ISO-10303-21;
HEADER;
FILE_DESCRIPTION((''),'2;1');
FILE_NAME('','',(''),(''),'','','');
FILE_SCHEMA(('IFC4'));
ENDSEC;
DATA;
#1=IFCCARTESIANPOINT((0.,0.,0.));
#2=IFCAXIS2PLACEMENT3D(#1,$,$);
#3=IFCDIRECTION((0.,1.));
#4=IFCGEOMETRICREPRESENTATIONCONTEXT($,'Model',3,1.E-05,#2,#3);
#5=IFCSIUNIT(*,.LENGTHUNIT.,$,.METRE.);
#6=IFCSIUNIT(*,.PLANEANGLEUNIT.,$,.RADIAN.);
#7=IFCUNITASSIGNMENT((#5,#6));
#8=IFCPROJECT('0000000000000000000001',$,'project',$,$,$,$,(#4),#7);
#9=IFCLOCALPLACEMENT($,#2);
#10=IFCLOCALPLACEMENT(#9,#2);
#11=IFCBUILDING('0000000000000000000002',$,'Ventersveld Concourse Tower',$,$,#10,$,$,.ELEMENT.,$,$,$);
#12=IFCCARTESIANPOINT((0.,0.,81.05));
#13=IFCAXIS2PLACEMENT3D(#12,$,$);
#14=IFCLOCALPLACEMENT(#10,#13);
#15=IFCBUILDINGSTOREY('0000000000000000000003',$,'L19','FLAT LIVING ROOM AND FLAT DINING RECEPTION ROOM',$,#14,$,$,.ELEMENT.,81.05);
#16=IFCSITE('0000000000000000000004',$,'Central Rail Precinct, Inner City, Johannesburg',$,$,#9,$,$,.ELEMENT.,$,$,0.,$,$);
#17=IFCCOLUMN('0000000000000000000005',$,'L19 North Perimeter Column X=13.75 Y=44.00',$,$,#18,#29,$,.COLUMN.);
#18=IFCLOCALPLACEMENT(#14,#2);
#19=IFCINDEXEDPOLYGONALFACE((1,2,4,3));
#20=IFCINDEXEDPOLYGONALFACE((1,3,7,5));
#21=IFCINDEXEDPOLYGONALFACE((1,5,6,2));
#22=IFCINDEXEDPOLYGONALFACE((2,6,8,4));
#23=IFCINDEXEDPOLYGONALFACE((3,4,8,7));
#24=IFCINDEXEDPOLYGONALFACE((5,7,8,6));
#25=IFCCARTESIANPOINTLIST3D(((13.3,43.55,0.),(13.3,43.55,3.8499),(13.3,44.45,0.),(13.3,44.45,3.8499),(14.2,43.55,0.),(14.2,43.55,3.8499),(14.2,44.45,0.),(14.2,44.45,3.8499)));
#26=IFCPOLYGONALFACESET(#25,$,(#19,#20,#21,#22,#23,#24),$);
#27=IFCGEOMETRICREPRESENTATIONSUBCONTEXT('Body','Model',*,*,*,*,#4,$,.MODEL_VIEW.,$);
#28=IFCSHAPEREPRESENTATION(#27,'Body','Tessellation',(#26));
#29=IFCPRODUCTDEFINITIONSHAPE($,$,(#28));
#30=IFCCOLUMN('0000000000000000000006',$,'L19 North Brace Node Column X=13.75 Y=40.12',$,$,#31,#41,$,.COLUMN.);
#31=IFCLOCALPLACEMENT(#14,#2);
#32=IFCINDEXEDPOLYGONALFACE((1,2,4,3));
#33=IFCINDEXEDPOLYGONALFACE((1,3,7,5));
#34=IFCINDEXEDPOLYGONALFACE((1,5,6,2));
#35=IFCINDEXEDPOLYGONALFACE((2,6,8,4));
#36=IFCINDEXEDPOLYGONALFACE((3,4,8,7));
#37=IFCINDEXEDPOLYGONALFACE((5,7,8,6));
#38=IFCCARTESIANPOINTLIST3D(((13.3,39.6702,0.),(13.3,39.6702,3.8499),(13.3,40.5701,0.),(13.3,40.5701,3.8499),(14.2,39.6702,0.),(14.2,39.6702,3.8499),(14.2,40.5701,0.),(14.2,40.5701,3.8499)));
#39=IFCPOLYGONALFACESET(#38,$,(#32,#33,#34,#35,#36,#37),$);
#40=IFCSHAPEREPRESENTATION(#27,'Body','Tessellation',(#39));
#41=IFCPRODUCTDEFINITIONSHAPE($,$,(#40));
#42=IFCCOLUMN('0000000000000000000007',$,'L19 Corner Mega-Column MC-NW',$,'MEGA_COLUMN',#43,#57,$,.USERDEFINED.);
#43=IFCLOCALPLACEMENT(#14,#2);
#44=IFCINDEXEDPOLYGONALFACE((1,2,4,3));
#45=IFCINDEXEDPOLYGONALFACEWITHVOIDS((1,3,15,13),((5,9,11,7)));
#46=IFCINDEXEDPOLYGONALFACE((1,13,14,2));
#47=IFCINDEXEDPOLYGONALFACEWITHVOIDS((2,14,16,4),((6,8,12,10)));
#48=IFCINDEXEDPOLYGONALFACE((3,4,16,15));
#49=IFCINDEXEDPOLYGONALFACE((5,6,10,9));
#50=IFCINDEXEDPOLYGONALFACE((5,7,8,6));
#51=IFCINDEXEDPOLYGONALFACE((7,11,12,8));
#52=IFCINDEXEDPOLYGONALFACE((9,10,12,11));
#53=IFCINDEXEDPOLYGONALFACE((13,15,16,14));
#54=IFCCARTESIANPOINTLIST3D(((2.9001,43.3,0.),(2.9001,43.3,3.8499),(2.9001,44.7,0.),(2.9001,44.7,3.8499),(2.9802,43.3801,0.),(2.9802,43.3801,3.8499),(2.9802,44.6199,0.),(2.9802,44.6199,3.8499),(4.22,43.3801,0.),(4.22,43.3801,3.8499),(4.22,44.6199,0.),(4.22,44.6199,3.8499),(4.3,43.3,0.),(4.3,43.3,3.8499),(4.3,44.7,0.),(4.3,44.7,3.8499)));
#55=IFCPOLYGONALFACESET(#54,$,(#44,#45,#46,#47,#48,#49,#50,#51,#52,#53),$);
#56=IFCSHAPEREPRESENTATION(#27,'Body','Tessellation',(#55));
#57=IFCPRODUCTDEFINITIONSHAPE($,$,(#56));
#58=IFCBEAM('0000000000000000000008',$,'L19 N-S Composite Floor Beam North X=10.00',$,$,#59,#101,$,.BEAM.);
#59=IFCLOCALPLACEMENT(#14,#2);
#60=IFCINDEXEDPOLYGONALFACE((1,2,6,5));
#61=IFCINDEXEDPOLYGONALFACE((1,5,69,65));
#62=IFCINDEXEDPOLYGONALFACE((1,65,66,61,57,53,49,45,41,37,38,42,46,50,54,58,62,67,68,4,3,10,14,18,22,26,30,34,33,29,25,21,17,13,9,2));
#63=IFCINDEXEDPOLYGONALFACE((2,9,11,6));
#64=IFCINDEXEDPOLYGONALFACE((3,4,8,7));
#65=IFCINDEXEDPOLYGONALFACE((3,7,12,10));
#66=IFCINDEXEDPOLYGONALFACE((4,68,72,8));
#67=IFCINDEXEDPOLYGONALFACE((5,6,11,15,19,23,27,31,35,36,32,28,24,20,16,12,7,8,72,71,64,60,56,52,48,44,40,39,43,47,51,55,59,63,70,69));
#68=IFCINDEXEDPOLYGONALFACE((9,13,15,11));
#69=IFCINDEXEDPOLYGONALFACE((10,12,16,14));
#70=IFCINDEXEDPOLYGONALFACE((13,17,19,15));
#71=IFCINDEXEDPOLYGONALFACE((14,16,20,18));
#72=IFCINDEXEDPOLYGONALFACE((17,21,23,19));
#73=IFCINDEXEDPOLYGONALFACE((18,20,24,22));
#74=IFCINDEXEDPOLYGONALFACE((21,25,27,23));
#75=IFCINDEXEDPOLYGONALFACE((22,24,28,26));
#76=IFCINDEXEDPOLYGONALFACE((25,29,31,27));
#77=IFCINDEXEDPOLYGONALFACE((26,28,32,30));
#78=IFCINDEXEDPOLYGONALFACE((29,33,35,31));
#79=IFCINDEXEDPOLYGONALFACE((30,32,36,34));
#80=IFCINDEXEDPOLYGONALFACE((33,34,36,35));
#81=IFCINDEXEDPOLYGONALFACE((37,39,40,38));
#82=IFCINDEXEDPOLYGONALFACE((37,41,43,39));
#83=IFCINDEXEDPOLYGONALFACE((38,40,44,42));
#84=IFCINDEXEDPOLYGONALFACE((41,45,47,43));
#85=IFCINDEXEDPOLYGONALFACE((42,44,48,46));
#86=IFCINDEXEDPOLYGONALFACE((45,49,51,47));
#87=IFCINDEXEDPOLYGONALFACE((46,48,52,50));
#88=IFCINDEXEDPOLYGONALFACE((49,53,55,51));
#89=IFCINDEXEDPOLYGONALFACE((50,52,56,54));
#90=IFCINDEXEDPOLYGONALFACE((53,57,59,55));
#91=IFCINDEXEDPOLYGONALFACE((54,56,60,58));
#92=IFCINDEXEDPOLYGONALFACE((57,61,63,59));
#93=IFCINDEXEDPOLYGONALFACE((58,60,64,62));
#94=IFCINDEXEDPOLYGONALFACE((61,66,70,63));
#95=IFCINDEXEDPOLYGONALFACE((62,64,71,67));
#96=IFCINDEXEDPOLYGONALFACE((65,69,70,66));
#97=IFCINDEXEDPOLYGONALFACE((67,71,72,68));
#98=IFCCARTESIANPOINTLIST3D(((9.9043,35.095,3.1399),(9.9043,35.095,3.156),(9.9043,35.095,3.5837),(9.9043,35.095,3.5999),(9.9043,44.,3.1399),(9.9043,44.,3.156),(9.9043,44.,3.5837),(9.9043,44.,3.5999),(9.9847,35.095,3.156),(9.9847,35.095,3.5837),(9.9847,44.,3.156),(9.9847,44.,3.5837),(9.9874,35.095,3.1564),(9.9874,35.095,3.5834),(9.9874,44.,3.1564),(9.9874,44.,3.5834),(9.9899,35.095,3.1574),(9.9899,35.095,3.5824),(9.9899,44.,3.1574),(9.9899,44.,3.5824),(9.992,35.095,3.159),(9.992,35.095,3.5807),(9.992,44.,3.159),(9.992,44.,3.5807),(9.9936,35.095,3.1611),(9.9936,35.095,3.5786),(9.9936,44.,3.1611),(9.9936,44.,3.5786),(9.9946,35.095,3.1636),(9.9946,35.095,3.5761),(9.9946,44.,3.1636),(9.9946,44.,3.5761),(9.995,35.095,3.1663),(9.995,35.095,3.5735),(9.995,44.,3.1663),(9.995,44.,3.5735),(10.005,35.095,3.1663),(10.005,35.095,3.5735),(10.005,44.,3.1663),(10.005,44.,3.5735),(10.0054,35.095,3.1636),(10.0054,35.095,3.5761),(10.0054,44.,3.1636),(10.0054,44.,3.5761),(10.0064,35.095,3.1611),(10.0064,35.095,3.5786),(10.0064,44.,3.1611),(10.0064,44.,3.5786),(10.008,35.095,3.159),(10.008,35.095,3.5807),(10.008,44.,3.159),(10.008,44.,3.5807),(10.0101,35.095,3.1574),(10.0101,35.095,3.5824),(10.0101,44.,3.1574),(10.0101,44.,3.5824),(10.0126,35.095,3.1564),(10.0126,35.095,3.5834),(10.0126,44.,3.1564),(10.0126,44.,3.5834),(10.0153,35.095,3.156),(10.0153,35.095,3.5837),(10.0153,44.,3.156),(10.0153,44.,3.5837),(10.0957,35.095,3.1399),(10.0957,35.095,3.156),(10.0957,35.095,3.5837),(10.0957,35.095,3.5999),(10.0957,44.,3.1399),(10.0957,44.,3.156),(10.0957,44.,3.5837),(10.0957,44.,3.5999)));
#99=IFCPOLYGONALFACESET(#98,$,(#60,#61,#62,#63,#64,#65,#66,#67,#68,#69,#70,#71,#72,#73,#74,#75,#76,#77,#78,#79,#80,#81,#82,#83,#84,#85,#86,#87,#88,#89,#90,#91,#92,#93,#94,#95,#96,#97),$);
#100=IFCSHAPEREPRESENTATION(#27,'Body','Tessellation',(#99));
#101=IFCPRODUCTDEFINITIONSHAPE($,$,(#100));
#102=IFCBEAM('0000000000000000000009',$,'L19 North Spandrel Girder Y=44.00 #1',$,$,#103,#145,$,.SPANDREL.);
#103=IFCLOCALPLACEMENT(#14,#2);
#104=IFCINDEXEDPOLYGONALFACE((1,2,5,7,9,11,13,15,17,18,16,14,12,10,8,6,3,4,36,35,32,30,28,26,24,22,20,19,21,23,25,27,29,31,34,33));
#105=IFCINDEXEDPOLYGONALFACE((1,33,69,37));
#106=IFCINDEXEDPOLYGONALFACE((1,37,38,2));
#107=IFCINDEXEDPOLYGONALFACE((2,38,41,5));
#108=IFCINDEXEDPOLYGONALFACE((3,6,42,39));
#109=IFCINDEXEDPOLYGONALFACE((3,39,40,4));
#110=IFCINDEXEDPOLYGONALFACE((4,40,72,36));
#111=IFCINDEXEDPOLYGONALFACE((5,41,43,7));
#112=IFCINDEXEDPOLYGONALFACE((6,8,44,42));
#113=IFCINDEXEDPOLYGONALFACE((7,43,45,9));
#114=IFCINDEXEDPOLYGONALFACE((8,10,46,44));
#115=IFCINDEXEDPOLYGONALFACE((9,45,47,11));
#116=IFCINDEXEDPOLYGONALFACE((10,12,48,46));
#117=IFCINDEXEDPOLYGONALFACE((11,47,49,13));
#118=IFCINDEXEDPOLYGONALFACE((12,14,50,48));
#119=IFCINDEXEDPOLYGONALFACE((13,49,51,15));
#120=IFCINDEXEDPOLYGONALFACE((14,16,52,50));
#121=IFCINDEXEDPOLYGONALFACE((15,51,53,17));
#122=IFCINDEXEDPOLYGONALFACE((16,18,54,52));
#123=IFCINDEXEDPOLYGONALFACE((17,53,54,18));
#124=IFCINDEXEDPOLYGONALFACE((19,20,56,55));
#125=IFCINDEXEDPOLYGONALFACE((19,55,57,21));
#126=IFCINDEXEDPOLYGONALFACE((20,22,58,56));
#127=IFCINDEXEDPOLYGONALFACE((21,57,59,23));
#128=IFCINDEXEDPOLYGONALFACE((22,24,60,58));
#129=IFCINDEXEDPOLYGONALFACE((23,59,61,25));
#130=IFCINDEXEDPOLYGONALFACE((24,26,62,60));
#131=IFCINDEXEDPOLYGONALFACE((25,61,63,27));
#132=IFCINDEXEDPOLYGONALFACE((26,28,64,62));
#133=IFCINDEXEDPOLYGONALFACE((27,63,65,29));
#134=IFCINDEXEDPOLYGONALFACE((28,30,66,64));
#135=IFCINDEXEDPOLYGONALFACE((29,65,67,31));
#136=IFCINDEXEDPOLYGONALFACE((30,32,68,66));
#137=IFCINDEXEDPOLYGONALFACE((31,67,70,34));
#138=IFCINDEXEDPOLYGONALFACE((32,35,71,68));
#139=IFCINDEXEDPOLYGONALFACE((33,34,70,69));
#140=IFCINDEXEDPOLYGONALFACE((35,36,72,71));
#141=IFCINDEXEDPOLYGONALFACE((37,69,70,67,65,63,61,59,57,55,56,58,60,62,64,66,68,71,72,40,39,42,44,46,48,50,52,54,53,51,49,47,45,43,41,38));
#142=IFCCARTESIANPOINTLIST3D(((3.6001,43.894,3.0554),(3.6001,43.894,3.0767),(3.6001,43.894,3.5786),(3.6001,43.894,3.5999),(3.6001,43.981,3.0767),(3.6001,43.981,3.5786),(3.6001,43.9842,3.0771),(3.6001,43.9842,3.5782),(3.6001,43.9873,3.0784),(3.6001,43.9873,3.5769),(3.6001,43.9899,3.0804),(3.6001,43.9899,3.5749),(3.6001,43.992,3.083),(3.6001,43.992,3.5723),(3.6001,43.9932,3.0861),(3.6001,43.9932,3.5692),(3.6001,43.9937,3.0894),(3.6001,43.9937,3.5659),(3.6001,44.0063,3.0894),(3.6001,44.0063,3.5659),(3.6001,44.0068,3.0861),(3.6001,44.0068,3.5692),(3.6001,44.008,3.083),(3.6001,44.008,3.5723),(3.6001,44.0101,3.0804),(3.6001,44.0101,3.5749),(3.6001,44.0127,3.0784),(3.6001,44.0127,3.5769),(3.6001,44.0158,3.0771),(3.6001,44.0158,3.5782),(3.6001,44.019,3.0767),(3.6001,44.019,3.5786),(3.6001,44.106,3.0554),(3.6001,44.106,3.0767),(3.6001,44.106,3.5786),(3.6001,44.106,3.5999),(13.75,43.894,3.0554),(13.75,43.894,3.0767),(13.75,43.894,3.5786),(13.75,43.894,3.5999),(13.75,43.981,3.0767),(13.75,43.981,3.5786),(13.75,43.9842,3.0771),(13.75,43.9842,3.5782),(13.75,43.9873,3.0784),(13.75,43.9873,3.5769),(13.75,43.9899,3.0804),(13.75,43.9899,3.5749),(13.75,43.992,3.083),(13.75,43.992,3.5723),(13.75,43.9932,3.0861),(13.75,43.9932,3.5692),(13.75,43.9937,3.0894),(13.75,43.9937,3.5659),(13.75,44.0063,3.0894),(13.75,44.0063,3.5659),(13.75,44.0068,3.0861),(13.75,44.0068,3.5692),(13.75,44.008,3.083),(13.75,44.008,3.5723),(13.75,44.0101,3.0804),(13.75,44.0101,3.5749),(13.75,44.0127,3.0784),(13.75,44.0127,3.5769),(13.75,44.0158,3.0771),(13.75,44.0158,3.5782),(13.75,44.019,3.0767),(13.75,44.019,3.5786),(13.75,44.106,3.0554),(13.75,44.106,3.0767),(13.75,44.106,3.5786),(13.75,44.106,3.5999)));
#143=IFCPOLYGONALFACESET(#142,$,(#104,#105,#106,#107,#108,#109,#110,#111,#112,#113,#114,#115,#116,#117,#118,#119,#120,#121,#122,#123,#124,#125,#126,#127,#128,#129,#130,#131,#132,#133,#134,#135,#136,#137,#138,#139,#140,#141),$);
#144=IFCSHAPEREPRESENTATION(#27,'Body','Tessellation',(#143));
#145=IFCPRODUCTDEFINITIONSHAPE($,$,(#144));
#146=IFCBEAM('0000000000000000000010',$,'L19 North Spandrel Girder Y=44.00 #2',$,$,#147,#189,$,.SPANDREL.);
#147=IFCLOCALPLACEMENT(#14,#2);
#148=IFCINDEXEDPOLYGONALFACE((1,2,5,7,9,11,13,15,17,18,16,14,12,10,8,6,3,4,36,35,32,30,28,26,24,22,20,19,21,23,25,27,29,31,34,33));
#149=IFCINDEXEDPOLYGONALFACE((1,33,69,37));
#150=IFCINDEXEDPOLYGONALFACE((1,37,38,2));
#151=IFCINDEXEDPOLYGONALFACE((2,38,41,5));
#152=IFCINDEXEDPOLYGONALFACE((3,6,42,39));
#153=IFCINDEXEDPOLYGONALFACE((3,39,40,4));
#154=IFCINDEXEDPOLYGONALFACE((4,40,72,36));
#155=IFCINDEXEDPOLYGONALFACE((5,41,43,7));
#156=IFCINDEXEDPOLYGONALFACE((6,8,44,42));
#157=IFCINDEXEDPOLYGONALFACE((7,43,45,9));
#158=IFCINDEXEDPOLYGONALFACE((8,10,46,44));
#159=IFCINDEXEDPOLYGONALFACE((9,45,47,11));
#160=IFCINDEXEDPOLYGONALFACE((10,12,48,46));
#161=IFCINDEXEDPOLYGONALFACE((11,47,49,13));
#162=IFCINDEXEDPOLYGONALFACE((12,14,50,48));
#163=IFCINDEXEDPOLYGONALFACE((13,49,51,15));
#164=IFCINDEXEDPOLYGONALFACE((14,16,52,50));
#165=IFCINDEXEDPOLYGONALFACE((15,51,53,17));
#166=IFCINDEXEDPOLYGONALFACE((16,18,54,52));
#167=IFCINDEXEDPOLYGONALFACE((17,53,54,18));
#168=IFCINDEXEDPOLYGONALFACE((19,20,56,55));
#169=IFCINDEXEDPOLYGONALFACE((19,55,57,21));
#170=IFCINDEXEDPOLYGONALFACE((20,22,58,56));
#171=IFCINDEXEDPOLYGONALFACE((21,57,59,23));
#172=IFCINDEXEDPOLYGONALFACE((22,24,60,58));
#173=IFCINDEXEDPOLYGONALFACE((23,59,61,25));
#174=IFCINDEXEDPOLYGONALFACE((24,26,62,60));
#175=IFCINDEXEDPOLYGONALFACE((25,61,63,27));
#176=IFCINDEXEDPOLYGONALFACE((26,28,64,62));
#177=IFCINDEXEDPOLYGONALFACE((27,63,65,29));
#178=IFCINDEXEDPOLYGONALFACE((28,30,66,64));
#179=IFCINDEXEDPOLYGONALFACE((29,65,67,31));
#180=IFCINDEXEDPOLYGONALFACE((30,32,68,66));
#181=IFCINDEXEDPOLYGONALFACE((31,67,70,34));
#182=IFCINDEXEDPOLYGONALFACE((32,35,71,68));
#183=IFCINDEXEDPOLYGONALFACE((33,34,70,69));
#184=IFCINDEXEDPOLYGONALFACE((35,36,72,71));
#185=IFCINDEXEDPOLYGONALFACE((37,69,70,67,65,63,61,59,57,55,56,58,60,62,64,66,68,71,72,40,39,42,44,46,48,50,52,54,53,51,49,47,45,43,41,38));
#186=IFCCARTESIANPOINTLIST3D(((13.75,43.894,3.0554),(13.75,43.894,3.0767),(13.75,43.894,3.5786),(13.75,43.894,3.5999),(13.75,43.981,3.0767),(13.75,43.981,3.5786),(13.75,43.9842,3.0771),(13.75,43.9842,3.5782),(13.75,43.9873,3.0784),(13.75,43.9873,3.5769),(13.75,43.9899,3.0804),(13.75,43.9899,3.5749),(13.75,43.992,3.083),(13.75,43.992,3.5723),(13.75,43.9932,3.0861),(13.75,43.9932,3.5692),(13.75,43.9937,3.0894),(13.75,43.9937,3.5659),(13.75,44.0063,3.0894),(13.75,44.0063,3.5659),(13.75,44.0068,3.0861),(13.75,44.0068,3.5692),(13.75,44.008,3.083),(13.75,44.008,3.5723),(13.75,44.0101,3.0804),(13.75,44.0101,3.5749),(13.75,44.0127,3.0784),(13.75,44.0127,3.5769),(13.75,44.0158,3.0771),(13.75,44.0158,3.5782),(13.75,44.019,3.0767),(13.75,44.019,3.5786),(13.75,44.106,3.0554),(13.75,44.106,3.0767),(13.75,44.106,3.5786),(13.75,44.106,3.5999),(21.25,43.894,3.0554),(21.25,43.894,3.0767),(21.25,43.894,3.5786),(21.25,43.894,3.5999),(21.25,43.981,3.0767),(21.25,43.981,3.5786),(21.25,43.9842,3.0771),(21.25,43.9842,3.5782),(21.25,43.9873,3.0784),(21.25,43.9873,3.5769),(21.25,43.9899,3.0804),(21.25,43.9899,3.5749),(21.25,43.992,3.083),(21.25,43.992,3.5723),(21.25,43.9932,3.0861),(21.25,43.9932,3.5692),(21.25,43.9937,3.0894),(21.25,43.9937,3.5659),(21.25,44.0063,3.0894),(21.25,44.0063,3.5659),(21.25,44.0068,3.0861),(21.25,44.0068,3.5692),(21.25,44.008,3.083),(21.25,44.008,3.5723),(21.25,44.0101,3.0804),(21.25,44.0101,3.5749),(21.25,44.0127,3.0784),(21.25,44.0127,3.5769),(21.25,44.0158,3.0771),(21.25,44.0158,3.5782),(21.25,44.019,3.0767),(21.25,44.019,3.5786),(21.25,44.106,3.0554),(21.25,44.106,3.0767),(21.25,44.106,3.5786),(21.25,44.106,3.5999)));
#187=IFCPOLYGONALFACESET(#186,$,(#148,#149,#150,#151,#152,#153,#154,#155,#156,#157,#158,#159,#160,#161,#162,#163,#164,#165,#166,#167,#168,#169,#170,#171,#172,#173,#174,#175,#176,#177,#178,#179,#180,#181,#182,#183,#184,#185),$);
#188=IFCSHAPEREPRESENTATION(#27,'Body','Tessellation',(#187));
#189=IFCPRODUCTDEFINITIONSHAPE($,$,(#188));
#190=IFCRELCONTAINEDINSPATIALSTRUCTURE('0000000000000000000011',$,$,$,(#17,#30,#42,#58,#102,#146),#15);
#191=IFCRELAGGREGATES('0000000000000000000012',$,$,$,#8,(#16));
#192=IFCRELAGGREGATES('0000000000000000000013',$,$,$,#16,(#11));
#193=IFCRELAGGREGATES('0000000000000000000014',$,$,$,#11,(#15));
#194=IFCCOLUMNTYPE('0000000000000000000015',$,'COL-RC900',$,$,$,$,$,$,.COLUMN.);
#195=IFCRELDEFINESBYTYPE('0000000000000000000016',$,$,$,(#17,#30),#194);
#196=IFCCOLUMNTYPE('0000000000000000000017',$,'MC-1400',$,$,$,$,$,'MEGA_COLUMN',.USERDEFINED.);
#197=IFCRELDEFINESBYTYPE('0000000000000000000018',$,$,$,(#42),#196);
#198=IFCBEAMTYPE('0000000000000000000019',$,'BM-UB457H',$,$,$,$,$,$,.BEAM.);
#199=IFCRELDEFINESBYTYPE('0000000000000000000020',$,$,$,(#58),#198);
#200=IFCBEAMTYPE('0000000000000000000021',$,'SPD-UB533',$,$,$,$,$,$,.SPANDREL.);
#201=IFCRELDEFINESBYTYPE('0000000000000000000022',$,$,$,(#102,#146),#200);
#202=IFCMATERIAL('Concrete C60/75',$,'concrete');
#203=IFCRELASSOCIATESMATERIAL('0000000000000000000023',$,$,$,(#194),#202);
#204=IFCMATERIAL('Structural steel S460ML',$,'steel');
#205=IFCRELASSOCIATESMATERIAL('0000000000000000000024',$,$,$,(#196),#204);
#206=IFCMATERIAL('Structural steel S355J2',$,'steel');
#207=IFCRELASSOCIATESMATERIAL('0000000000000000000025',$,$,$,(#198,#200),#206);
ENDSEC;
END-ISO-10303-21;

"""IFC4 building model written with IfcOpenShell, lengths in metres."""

from ifc_helpers import new_model, si_unit, direction, frame, origin, origin_2d, place, context, subcontext, project, spatial, rectangle, hollow_rectangle, i_section, extrude, material, material_profile, profile_set, type_object, element, save


model = new_model("IFC4")

# Units and contexts
model_context = context("Model", 3, precision=1e-05, world=origin(), true_north=direction((0.0, 1.0)))
body_context = subcontext(model_context, "Body", "Model", "MODEL_VIEW")
ifc_project = project(units=[si_unit("LENGTHUNIT", "METRE"), si_unit("PLANEANGLEUNIT", "RADIAN")], contexts=[model_context])

# Site, building, storey
site_placement = place(None, origin())
site = spatial("IfcSite", under=ifc_project, at=site_placement, Name="Central Rail Precinct, Inner City, Johannesburg", CompositionType="ELEMENT", RefElevation=0.0)
building_placement = place(site_placement, origin())
building = spatial("IfcBuilding", under=site, at=building_placement, Name="Ventersveld Concourse Tower", CompositionType="ELEMENT")
storey_placement = place(building_placement, frame((0.0, 0.0, 81.05)))
storey = spatial("IfcBuildingStorey", under=building, at=storey_placement, Name="L19", Description="FLAT LIVING ROOM AND FLAT DINING RECEPTION ROOM", CompositionType="ELEMENT", Elevation=81.05)

# Columns
ifc_material_1 = material(Name="Concrete C60/75", Category="concrete")
ifc_material_profile_1 = material_profile(ifc_material_1, rectangle(XDim=0.8999, YDim=0.8999, at=origin_2d()), Name="RC 900x900")
ifc_profile_set_1 = profile_set([ifc_material_profile_1], Name="Concrete C60/75")
column_type_1 = type_object("IfcColumnType", Name="COL-RC900", PredefinedType="COLUMN", material=ifc_profile_set_1)
for number, where, z_axis, x_axis, name in (
    (1, (13.75, 44.0, 0.0), (0.0, 0.0, 1.0), (1.0, 0.0, 0.0), "L19 North Perimeter Column X=13.75 Y=44.00"),
    (2, (13.75, 40.1201, 0.0), (0.0, 0.0, 1.0), (1.0, 0.0, 0.0), "L19 North Brace Node Column X=13.75 Y=40.12"),
):
    element("IfcColumn", number, at=place(storey_placement, frame(where, z_axis=z_axis, x_axis=x_axis)), inside=storey, type_object=column_type_1, Name=name, PredefinedType="COLUMN", context=body_context, shape_type="SweptSolid", body=[
        extrude(rectangle(XDim=0.8999, YDim=0.8999, at=origin_2d()), origin(), (0.0, 0.0, 1.0), 3.8499),
    ])
ifc_material_2 = material(Name="Structural steel S460ML", Category="steel")
ifc_material_profile_2 = material_profile(ifc_material_2, hollow_rectangle(XDim=1.3999, YDim=1.3999, WallThickness=0.0801, at=origin_2d()), Name="BOX 1400x1400x80")
ifc_profile_set_2 = profile_set([ifc_material_profile_2], Name="Structural steel S460ML")
column_type_2 = type_object("IfcColumnType", Name="MC-1400", ElementType="MEGA_COLUMN", PredefinedType="USERDEFINED", material=ifc_profile_set_2)
column_placement = place(storey_placement, frame((3.6001, 44.0, 0.0), z_axis=(0.0, 0.0, 1.0), x_axis=(1.0, 0.0, 0.0)))
element("IfcColumn", 3, at=column_placement, inside=storey, type_object=column_type_2, Name="L19 Corner Mega-Column MC-NW", ObjectType="MEGA_COLUMN", PredefinedType="USERDEFINED", context=body_context, shape_type="SweptSolid", body=[
    extrude(hollow_rectangle(XDim=1.3999, YDim=1.3999, WallThickness=0.0801, at=origin_2d()), origin(), (0.0, 0.0, 1.0), 3.8499),
])

# Beams
ifc_material_3 = material(Name="Structural steel S355J2", Category="steel")
ifc_material_profile_3 = material_profile(ifc_material_3, i_section(OverallWidth=0.1914, OverallDepth=0.46, WebThickness=0.01, FlangeThickness=0.0161, FilletRadius=0.0103, at=origin_2d()), Name="UB 457x191x82")
ifc_profile_set_3 = profile_set([ifc_material_profile_3], Name="Structural steel S355J2")
beam_type_1 = type_object("IfcBeamType", Name="BM-UB457H", PredefinedType="BEAM", material=ifc_profile_set_3)
beam_1_placement = place(storey_placement, frame((10.0, 35.095, 3.3699), z_axis=(0.0, 1.0, 0.0), x_axis=(-1.0, 0.0, 0.0)))
element("IfcBeam", 4, at=beam_1_placement, inside=storey, type_object=beam_type_1, Name="L19 N-S Composite Floor Beam North X=10.00", PredefinedType="BEAM", context=body_context, shape_type="SweptSolid", body=[
    extrude(i_section(OverallWidth=0.1914, OverallDepth=0.46, WebThickness=0.01, FlangeThickness=0.0161, FilletRadius=0.0103, at=origin_2d()), origin(), (0.0, 0.0, 1.0), 8.905),
])
ifc_material_profile_4 = material_profile(ifc_material_3, i_section(OverallWidth=0.2119, OverallDepth=0.5444, WebThickness=0.0127, FlangeThickness=0.0212, FilletRadius=0.0127, at=origin_2d()), Name="UB 533x210x122")
ifc_profile_set_4 = profile_set([ifc_material_profile_4], Name="Structural steel S355J2")
beam_type_2 = type_object("IfcBeamType", Name="SPD-UB533", PredefinedType="SPANDREL", material=ifc_profile_set_4)
beam_2_placement = place(storey_placement, frame((3.6001, 44.0, 3.3276), z_axis=(1.0, 0.0, 0.0), x_axis=(0.0, 1.0, 0.0)))
element("IfcBeam", 5, at=beam_2_placement, inside=storey, type_object=beam_type_2, Name="L19 North Spandrel Girder Y=44.00 #1", PredefinedType="SPANDREL", context=body_context, shape_type="SweptSolid", body=[
    extrude(i_section(OverallWidth=0.2119, OverallDepth=0.5444, WebThickness=0.0127, FlangeThickness=0.0212, FilletRadius=0.0127, at=origin_2d()), origin(), (0.0, 0.0, 1.0), 10.1499),
])
beam_3_placement = place(storey_placement, frame((13.75, 44.0, 3.3276), z_axis=(1.0, 0.0, 0.0), x_axis=(0.0, 1.0, 0.0)))
element("IfcBeam", 6, at=beam_3_placement, inside=storey, type_object=beam_type_2, Name="L19 North Spandrel Girder Y=44.00 #2", PredefinedType="SPANDREL", context=body_context, shape_type="SweptSolid", body=[
    extrude(i_section(OverallWidth=0.2119, OverallDepth=0.5444, WebThickness=0.0127, FlangeThickness=0.0212, FilletRadius=0.0127, at=origin_2d()), origin(), (0.0, 0.0, 1.0), 7.5),
])

save(model, "model.ifc")
